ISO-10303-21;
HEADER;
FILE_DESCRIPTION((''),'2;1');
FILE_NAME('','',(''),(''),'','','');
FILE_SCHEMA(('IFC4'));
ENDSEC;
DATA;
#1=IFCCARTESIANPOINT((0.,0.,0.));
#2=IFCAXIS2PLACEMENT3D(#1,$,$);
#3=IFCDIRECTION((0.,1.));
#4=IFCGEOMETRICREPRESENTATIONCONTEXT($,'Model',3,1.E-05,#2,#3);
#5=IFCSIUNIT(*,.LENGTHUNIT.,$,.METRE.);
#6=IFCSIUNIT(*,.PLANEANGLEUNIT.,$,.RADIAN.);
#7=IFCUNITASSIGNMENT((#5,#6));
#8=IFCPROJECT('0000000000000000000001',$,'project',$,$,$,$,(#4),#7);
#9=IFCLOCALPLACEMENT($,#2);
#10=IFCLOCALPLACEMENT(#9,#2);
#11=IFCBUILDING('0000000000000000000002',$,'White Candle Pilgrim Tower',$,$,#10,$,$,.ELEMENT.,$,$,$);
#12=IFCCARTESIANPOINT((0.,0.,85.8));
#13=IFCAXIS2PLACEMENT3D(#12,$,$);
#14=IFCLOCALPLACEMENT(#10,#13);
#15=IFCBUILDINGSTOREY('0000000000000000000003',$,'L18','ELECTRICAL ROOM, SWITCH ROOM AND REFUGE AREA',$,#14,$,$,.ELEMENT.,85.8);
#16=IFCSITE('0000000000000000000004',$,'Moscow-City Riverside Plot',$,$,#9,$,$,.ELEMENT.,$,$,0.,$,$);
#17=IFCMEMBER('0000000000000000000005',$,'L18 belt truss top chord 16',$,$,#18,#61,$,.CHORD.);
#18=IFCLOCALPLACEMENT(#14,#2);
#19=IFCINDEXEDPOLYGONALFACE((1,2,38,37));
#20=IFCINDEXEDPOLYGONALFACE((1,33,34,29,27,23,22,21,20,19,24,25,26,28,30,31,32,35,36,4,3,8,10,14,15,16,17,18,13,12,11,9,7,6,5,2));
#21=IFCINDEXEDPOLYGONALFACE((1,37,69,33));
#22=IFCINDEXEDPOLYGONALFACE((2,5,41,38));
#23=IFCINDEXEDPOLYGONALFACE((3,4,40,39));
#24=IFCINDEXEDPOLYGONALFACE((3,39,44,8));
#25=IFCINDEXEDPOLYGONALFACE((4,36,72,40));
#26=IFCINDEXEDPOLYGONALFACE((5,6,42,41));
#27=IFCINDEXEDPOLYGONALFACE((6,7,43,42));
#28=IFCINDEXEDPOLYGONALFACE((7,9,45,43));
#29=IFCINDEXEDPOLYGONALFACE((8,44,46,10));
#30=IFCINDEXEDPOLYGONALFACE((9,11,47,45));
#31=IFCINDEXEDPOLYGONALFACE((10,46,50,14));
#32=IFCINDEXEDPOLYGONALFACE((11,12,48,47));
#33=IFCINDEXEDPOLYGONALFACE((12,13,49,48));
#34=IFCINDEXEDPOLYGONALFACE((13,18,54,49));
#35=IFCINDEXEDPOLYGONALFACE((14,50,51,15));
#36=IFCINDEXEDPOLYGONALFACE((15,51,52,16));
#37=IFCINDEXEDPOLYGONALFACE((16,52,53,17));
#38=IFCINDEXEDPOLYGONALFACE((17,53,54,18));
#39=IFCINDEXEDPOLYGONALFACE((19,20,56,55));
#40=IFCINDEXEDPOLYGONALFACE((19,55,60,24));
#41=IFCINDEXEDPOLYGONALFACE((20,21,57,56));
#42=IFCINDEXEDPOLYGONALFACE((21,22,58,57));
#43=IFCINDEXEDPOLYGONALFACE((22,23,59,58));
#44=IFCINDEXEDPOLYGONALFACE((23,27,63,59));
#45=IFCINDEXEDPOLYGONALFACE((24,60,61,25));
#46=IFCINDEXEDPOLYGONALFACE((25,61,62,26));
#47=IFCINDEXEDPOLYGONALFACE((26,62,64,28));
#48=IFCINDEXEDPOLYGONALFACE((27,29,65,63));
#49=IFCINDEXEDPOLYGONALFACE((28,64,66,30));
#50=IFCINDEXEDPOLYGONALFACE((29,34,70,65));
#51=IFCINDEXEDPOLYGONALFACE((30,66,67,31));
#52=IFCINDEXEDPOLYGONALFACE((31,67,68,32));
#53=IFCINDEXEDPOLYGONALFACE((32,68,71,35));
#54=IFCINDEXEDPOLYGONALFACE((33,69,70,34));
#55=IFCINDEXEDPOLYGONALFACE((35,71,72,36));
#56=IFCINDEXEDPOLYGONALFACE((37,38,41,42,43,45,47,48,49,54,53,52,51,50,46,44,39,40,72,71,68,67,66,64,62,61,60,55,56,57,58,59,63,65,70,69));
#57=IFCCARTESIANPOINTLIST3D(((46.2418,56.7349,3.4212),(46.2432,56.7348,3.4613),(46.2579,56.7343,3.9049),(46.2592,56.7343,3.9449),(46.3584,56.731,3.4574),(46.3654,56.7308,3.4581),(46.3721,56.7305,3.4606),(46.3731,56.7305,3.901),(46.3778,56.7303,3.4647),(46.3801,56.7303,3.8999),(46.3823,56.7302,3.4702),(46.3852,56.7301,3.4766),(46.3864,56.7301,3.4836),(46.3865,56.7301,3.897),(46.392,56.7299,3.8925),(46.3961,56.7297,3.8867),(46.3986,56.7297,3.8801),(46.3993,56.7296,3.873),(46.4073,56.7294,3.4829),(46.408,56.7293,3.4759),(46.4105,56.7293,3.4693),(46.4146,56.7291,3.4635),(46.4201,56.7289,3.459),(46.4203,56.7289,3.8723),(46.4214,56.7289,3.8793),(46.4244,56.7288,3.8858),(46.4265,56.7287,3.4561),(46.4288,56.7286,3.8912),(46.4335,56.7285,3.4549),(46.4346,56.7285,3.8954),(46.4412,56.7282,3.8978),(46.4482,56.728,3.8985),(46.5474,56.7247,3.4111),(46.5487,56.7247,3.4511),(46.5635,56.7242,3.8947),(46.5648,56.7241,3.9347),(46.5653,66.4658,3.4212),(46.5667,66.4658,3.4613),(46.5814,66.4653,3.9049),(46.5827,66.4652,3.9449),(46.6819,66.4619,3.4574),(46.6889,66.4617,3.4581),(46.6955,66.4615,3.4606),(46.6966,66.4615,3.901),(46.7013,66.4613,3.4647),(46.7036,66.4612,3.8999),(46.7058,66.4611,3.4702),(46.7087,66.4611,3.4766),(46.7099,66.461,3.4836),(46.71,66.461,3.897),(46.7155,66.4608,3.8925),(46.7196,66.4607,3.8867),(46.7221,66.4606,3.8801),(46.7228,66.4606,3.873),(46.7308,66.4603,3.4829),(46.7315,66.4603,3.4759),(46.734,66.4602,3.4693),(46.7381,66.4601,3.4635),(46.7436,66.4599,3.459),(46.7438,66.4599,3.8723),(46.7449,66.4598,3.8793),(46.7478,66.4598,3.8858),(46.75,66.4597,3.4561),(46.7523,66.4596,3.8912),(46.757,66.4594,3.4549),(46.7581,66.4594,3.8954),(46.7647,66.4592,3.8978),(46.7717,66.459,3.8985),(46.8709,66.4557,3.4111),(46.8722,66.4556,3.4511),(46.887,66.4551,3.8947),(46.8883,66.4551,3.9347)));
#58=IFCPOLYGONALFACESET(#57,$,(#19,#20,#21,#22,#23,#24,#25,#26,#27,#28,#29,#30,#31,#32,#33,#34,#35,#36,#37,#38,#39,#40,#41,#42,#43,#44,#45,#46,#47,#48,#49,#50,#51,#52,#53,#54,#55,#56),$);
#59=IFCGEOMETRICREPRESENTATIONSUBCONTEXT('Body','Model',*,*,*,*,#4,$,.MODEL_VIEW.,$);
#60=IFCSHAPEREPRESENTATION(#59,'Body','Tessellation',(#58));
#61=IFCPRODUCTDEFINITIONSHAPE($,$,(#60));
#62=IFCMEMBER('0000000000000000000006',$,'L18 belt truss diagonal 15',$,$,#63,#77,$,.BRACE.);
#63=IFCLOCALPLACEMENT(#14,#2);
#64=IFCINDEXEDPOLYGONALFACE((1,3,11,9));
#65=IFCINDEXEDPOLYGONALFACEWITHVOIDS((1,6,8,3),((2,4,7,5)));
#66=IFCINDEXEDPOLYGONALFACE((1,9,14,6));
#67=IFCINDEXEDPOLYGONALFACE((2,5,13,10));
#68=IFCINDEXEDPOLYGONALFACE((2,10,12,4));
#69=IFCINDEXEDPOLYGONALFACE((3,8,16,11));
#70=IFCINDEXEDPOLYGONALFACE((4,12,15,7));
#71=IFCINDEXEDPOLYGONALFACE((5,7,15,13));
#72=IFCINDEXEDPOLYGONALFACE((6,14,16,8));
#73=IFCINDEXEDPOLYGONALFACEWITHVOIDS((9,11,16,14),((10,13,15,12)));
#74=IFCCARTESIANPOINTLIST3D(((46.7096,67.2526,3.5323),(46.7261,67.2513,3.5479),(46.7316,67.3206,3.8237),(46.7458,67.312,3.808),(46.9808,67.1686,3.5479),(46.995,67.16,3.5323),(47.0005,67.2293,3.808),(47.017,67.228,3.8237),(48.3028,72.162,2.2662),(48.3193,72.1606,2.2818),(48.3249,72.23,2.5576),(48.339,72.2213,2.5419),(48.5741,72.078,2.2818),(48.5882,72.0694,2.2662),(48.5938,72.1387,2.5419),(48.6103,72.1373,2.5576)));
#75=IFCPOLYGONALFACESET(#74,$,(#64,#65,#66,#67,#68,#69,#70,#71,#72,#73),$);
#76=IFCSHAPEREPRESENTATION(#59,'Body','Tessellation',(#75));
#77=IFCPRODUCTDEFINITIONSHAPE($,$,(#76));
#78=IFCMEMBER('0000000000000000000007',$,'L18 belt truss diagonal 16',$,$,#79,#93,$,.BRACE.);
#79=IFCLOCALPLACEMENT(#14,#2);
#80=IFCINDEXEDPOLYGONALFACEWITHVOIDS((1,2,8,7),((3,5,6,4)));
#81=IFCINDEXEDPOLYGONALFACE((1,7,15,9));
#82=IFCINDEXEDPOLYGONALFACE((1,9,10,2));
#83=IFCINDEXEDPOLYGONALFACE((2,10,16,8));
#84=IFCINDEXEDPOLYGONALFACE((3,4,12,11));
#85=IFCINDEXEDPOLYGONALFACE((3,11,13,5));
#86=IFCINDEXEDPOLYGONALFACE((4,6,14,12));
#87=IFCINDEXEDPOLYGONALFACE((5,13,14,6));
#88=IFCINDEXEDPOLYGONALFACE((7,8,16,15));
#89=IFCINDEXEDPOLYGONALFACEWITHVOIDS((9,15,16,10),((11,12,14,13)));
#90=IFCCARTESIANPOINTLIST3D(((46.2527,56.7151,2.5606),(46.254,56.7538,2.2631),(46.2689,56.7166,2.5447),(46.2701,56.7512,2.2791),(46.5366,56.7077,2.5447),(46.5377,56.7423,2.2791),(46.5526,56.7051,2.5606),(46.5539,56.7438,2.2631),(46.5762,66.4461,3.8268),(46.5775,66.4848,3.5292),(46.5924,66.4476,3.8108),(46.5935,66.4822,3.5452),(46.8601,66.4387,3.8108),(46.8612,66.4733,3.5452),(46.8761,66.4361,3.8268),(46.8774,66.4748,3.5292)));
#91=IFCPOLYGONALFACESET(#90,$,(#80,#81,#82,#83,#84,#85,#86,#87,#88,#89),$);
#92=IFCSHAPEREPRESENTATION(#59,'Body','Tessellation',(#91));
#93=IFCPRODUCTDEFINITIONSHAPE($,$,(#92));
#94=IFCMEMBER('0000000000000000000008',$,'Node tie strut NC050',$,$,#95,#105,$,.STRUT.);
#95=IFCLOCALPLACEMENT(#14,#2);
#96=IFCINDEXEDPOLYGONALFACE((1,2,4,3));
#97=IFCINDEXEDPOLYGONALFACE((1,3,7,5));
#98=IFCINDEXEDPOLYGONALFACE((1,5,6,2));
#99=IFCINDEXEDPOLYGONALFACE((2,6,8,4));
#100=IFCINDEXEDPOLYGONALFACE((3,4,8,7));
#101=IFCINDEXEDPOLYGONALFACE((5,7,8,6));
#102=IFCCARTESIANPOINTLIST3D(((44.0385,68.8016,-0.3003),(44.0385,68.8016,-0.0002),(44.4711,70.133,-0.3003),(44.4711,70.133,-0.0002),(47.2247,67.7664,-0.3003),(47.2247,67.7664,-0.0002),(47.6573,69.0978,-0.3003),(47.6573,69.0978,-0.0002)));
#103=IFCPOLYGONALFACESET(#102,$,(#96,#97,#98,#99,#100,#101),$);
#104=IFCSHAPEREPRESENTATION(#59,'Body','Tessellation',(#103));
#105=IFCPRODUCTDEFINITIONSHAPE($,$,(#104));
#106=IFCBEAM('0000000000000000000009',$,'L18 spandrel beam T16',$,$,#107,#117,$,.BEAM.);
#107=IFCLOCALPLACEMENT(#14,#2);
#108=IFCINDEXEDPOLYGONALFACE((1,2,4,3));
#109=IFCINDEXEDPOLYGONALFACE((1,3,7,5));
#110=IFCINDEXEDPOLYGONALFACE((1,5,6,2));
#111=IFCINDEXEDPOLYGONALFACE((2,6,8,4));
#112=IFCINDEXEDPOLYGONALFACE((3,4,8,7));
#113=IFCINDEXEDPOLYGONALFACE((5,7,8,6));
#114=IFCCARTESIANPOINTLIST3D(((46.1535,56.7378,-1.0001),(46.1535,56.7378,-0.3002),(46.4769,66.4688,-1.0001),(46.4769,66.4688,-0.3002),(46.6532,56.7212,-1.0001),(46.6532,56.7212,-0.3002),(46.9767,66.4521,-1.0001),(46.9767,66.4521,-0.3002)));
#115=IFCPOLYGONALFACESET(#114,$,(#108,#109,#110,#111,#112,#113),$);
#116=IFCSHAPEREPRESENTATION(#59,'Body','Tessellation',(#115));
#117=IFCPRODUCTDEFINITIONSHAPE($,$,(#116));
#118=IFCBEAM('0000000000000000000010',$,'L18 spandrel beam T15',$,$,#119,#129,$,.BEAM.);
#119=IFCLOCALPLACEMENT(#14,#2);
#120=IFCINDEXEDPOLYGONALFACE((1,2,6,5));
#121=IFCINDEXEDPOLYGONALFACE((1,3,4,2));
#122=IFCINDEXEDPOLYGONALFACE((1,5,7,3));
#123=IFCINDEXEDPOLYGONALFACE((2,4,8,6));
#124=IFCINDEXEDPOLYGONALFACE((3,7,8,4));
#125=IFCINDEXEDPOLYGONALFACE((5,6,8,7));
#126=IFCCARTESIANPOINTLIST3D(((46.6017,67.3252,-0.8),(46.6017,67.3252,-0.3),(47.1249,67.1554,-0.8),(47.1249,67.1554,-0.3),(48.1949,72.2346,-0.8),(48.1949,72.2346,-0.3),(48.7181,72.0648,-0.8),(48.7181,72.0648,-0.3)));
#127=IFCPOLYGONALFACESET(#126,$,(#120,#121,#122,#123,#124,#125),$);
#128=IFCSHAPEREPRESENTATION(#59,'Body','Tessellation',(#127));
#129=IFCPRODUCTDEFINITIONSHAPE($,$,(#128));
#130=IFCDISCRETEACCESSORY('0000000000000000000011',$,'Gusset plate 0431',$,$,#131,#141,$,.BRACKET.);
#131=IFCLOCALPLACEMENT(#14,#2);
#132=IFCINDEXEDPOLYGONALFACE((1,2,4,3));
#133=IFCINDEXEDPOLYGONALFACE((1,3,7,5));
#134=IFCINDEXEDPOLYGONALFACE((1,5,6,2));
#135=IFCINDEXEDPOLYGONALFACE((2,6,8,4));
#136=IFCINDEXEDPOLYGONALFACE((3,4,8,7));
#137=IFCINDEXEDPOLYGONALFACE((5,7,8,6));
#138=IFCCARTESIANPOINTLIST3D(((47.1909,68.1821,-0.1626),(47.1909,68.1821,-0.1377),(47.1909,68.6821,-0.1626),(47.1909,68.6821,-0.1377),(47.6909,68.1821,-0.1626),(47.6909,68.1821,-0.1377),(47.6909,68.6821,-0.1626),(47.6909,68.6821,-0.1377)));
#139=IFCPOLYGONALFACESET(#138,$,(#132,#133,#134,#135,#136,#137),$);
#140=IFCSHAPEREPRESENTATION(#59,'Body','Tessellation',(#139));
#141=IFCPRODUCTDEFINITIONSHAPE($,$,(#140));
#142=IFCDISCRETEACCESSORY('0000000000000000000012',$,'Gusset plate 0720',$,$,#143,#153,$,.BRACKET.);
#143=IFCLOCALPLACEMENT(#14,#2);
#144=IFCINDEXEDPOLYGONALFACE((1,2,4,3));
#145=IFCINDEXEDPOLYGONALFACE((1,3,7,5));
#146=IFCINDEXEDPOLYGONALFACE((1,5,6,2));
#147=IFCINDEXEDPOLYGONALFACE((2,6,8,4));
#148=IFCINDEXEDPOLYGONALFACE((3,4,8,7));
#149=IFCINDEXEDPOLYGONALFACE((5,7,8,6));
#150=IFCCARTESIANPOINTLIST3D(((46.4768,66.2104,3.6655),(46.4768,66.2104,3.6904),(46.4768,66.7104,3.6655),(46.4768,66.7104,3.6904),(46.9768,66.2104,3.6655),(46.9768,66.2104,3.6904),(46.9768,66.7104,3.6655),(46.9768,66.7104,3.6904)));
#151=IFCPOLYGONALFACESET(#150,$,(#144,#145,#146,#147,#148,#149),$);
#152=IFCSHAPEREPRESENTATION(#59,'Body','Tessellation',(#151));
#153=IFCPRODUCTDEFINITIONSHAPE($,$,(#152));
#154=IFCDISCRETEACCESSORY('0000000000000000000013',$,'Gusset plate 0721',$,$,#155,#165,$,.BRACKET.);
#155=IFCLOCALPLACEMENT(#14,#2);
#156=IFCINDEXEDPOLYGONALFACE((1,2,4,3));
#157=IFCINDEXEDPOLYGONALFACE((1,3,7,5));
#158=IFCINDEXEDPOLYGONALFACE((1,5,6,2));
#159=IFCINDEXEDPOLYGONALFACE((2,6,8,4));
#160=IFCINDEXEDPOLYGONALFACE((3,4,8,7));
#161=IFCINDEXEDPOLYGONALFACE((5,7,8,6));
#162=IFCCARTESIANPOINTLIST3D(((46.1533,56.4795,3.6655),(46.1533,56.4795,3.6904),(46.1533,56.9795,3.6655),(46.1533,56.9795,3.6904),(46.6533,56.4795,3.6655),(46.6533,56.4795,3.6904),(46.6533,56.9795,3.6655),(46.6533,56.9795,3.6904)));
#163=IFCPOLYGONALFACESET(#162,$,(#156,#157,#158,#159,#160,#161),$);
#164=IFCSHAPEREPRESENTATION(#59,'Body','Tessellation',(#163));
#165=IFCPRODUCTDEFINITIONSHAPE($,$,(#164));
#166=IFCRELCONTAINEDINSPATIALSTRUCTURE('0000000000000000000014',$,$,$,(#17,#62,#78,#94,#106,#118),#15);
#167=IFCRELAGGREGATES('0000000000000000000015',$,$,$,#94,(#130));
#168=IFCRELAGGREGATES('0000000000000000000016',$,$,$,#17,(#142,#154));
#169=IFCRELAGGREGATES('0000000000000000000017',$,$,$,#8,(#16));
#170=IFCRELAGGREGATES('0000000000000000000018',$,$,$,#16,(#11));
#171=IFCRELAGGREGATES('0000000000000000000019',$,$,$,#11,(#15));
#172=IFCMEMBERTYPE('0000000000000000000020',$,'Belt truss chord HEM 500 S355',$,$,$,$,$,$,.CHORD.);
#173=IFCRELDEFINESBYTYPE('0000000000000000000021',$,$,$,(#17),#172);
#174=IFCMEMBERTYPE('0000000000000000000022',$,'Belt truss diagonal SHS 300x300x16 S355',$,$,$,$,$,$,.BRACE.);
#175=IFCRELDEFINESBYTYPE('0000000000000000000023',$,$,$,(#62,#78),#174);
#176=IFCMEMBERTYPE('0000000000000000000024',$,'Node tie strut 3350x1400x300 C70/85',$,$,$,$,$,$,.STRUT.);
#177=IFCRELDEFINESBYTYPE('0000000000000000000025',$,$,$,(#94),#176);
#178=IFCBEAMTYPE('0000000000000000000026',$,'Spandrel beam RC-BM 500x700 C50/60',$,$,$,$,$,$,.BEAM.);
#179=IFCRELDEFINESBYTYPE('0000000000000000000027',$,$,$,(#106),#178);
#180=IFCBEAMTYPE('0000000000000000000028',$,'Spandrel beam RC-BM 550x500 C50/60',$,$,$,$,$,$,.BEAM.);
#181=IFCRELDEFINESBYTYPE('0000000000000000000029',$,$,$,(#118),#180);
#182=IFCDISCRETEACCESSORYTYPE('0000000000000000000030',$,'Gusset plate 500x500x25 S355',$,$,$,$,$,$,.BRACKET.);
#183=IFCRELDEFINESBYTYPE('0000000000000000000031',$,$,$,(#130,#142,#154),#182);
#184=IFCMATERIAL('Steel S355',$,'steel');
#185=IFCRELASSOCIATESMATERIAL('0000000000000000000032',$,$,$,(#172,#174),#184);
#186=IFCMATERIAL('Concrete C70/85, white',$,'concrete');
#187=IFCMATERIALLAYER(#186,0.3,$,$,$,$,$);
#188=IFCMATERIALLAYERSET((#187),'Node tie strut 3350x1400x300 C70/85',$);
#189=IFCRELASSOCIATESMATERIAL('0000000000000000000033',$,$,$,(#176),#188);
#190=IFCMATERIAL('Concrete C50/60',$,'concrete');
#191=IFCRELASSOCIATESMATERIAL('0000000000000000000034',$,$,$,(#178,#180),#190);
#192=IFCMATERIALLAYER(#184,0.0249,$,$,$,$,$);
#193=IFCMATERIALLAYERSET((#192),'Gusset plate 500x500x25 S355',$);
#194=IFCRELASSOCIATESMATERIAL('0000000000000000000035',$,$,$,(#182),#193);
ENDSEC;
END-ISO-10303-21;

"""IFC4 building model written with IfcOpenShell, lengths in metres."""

from ifc_helpers import new_model, si_unit, direction, frame, origin, origin_2d, place, context, subcontext, project, spatial, rectangle, hollow_rectangle, i_section, extrude, material, layer, layer_set, material_profile, profile_set, type_object, element, aggregate, save


model = new_model("IFC4")

# Units and contexts
model_context = context("Model", 3, precision=1e-05, world=origin(), true_north=direction((0.0, 1.0)))
body_context = subcontext(model_context, "Body", "Model", "MODEL_VIEW")
ifc_project = project(units=[si_unit("LENGTHUNIT", "METRE"), si_unit("PLANEANGLEUNIT", "RADIAN")], contexts=[model_context])

# Site, building, storey
site_placement = place(None, origin())
site = spatial("IfcSite", under=ifc_project, at=site_placement, Name="Moscow-City Riverside Plot", CompositionType="ELEMENT", RefElevation=0.0)
building_placement = place(site_placement, origin())
building = spatial("IfcBuilding", under=site, at=building_placement, Name="White Candle Pilgrim Tower", CompositionType="ELEMENT")
storey_placement = place(building_placement, frame((0.0, 0.0, 85.8)))
storey = spatial("IfcBuildingStorey", under=building, at=storey_placement, Name="L18", Description="ELECTRICAL ROOM, SWITCH ROOM AND REFUGE AREA", CompositionType="ELEMENT", Elevation=85.8)

# Member
ifc_material_1 = material(Name="Steel S355", Category="steel")
ifc_material_profile_1 = material_profile(ifc_material_1, i_section(OverallWidth=0.3059, OverallDepth=0.5239, WebThickness=0.021, FlangeThickness=0.04, FilletRadius=0.0271, at=origin_2d()), Name="HEM 500")
ifc_profile_set_1 = profile_set([ifc_material_profile_1], Name="Steel S355")
member_type_1 = type_object("IfcMemberType", Name="Belt truss chord HEM 500 S355", PredefinedType="CHORD", material=ifc_profile_set_1)
member_1_placement = place(storey_placement, frame((46.7268, 66.4604, 3.678), z_axis=(-0.033225, -0.999448, 0.0), x_axis=(0.998896, -0.033206, -0.033216)))
member_1 = element("IfcMember", 1, at=member_1_placement, inside=storey, type_object=member_type_1, Name="L18 belt truss top chord 16", PredefinedType="CHORD", context=body_context, shape_type="SweptSolid", body=[
    extrude(i_section(OverallWidth=0.3059, OverallDepth=0.5239, WebThickness=0.021, FlangeThickness=0.04, FilletRadius=0.0271, at=origin_2d()), origin(), (0.0, 0.0, 1.0), 9.7363),
])

# Members
ifc_material_profile_2 = material_profile(ifc_material_1, hollow_rectangle(XDim=0.3, YDim=0.3, WallThickness=0.0161, at=origin_2d()), Name="SHS 300x300x16")
ifc_profile_set_2 = profile_set([ifc_material_profile_2], Name="Steel S355")
member_type_2 = type_object("IfcMemberType", Name="Belt truss diagonal SHS 300x300x16 S355", PredefinedType="BRACE", material=ifc_profile_set_2)
member_2_placement = place(storey_placement, frame((48.4565, 72.1497, 2.4119), z_axis=(-0.299795, -0.923778, 0.238237), x_axis=(0.951165, -0.308683, 0.0)))
element("IfcMember", 2, at=member_2_placement, inside=storey, type_object=member_type_2, Name="L18 belt truss diagonal 15", PredefinedType="BRACE", context=body_context, shape_type="SweptSolid", body=[
    extrude(hollow_rectangle(XDim=0.3, YDim=0.3, WallThickness=0.0161, at=origin_2d()), origin(), (0.0, 0.0, 1.0), 5.3145),
])
member_3_placement = place(storey_placement, frame((46.7268, 66.4604, 3.678), z_axis=(-0.032947, -0.991103, -0.128954), x_axis=(0.999448, -0.033225, 0.0)))
element("IfcMember", 3, at=member_3_placement, inside=storey, type_object=member_type_2, Name="L18 belt truss diagonal 16", PredefinedType="BRACE", context=body_context, shape_type="SweptSolid", body=[
    extrude(hollow_rectangle(XDim=0.3, YDim=0.3, WallThickness=0.0161, at=origin_2d()), origin(), (0.0, 0.0, 1.0), 9.8184),
])

# Member
ifc_material_2 = material(Name="Concrete C70/85, white", Category="concrete")
ifc_layer_1 = layer(ifc_material_2, 0.3)
ifc_layer_set_1 = layer_set([ifc_layer_1], Name="Node tie strut 3350x1400x300 C70/85")
member_type_3 = type_object("IfcMemberType", Name="Node tie strut 3350x1400x300 C70/85", PredefinedType="STRUT", material=ifc_layer_set_1)
member_4_placement = place(storey_placement, frame((45.8479, 68.9497, -0.3003), z_axis=(0.0, 0.0, 1.0), x_axis=(-0.309017, -0.951057, 0.0)))
member_4 = element("IfcMember", 4, at=member_4_placement, inside=storey, type_object=member_type_3, Name="Node tie strut NC050", PredefinedType="STRUT", context=body_context, shape_type="SweptSolid", body=[
    extrude(rectangle(XDim=1.3999, YDim=3.3501, at=origin_2d()), origin(), (0.0, 0.0, 1.0), 0.3),
])

# Beams
ifc_material_3 = material(Name="Concrete C50/60", Category="concrete")
ifc_material_profile_3 = material_profile(ifc_material_3, rectangle(XDim=0.5, YDim=0.7, at=origin_2d()), Name="RC-BM 500x700")
ifc_profile_set_3 = profile_set([ifc_material_profile_3], Name="Concrete C50/60")
beam_type_1 = type_object("IfcBeamType", Name="Spandrel beam RC-BM 500x700 C50/60", PredefinedType="BEAM", material=ifc_profile_set_3)
beam_1_placement = place(storey_placement, frame((46.7268, 66.4604, -0.6501), z_axis=(-0.033225, -0.999448, 0.0), x_axis=(0.999448, -0.033225, 0.0)))
element("IfcBeam", 5, at=beam_1_placement, inside=storey, type_object=beam_type_1, Name="L18 spandrel beam T16", PredefinedType="BEAM", context=body_context, shape_type="SweptSolid", body=[
    extrude(rectangle(XDim=0.5, YDim=0.7, at=origin_2d()), origin(), (0.0, 0.0, 1.0), 9.7363),
])
ifc_material_profile_4 = material_profile(ifc_material_3, rectangle(XDim=0.55, YDim=0.5, at=origin_2d()), Name="RC-BM 550x500")
ifc_profile_set_4 = profile_set([ifc_material_profile_4], Name="Concrete C50/60")
beam_type_2 = type_object("IfcBeamType", Name="Spandrel beam RC-BM 550x500 C50/60", PredefinedType="BEAM", material=ifc_profile_set_4)
beam_2_placement = place(storey_placement, frame((48.4565, 72.1497, -0.55), z_axis=(-0.308683, -0.951165, 0.0), x_axis=(0.951165, -0.308683, 0.0)))
element("IfcBeam", 6, at=beam_2_placement, inside=storey, type_object=beam_type_2, Name="L18 spandrel beam T15", PredefinedType="BEAM", context=body_context, shape_type="SweptSolid", body=[
    extrude(rectangle(XDim=0.55, YDim=0.5, at=origin_2d()), origin(), (0.0, 0.0, 1.0), 5.1614),
])

# Discrete accessories
ifc_layer_2 = layer(ifc_material_1, 0.0249)
ifc_layer_set_2 = layer_set([ifc_layer_2], Name="Gusset plate 500x500x25 S355")
discrete_accessory_type = type_object("IfcDiscreteAccessoryType", Name="Gusset plate 500x500x25 S355", PredefinedType="BRACKET", material=ifc_layer_set_2)
discrete_accessory_1_placement = place(storey_placement, frame((47.4409, 68.4321, -0.1626), z_axis=(0.0, 0.0, 1.0), x_axis=(1.0, 0.0, 0.0)))
discrete_accessory_1 = element("IfcDiscreteAccessory", 7, at=discrete_accessory_1_placement, type_object=discrete_accessory_type, Name="Gusset plate 0431", PredefinedType="BRACKET", context=body_context, shape_type="SweptSolid", body=[
    extrude(rectangle(XDim=0.5, YDim=0.5, at=origin_2d()), origin(), (0.0, 0.0, 1.0), 0.0249),
])
aggregate(member_4, [discrete_accessory_1])
discrete_accessory_2_placement = place(storey_placement, frame((46.7268, 66.4604, 3.6655), z_axis=(0.0, 0.0, 1.0), x_axis=(1.0, 0.0, 0.0)))
discrete_accessory_2 = element("IfcDiscreteAccessory", 8, at=discrete_accessory_2_placement, type_object=discrete_accessory_type, Name="Gusset plate 0720", PredefinedType="BRACKET", context=body_context, shape_type="SweptSolid", body=[
    extrude(rectangle(XDim=0.5, YDim=0.5, at=origin_2d()), origin(), (0.0, 0.0, 1.0), 0.0249),
])
discrete_accessory_3_placement = place(storey_placement, frame((46.4033, 56.7295, 3.6655), z_axis=(0.0, 0.0, 1.0), x_axis=(1.0, 0.0, 0.0)))
discrete_accessory_3 = element("IfcDiscreteAccessory", 9, at=discrete_accessory_3_placement, type_object=discrete_accessory_type, Name="Gusset plate 0721", PredefinedType="BRACKET", context=body_context, shape_type="SweptSolid", body=[
    extrude(rectangle(XDim=0.5, YDim=0.5, at=origin_2d()), origin(), (0.0, 0.0, 1.0), 0.0249),
])
aggregate(member_1, [discrete_accessory_2, discrete_accessory_3])

save(model, "model.ifc")
